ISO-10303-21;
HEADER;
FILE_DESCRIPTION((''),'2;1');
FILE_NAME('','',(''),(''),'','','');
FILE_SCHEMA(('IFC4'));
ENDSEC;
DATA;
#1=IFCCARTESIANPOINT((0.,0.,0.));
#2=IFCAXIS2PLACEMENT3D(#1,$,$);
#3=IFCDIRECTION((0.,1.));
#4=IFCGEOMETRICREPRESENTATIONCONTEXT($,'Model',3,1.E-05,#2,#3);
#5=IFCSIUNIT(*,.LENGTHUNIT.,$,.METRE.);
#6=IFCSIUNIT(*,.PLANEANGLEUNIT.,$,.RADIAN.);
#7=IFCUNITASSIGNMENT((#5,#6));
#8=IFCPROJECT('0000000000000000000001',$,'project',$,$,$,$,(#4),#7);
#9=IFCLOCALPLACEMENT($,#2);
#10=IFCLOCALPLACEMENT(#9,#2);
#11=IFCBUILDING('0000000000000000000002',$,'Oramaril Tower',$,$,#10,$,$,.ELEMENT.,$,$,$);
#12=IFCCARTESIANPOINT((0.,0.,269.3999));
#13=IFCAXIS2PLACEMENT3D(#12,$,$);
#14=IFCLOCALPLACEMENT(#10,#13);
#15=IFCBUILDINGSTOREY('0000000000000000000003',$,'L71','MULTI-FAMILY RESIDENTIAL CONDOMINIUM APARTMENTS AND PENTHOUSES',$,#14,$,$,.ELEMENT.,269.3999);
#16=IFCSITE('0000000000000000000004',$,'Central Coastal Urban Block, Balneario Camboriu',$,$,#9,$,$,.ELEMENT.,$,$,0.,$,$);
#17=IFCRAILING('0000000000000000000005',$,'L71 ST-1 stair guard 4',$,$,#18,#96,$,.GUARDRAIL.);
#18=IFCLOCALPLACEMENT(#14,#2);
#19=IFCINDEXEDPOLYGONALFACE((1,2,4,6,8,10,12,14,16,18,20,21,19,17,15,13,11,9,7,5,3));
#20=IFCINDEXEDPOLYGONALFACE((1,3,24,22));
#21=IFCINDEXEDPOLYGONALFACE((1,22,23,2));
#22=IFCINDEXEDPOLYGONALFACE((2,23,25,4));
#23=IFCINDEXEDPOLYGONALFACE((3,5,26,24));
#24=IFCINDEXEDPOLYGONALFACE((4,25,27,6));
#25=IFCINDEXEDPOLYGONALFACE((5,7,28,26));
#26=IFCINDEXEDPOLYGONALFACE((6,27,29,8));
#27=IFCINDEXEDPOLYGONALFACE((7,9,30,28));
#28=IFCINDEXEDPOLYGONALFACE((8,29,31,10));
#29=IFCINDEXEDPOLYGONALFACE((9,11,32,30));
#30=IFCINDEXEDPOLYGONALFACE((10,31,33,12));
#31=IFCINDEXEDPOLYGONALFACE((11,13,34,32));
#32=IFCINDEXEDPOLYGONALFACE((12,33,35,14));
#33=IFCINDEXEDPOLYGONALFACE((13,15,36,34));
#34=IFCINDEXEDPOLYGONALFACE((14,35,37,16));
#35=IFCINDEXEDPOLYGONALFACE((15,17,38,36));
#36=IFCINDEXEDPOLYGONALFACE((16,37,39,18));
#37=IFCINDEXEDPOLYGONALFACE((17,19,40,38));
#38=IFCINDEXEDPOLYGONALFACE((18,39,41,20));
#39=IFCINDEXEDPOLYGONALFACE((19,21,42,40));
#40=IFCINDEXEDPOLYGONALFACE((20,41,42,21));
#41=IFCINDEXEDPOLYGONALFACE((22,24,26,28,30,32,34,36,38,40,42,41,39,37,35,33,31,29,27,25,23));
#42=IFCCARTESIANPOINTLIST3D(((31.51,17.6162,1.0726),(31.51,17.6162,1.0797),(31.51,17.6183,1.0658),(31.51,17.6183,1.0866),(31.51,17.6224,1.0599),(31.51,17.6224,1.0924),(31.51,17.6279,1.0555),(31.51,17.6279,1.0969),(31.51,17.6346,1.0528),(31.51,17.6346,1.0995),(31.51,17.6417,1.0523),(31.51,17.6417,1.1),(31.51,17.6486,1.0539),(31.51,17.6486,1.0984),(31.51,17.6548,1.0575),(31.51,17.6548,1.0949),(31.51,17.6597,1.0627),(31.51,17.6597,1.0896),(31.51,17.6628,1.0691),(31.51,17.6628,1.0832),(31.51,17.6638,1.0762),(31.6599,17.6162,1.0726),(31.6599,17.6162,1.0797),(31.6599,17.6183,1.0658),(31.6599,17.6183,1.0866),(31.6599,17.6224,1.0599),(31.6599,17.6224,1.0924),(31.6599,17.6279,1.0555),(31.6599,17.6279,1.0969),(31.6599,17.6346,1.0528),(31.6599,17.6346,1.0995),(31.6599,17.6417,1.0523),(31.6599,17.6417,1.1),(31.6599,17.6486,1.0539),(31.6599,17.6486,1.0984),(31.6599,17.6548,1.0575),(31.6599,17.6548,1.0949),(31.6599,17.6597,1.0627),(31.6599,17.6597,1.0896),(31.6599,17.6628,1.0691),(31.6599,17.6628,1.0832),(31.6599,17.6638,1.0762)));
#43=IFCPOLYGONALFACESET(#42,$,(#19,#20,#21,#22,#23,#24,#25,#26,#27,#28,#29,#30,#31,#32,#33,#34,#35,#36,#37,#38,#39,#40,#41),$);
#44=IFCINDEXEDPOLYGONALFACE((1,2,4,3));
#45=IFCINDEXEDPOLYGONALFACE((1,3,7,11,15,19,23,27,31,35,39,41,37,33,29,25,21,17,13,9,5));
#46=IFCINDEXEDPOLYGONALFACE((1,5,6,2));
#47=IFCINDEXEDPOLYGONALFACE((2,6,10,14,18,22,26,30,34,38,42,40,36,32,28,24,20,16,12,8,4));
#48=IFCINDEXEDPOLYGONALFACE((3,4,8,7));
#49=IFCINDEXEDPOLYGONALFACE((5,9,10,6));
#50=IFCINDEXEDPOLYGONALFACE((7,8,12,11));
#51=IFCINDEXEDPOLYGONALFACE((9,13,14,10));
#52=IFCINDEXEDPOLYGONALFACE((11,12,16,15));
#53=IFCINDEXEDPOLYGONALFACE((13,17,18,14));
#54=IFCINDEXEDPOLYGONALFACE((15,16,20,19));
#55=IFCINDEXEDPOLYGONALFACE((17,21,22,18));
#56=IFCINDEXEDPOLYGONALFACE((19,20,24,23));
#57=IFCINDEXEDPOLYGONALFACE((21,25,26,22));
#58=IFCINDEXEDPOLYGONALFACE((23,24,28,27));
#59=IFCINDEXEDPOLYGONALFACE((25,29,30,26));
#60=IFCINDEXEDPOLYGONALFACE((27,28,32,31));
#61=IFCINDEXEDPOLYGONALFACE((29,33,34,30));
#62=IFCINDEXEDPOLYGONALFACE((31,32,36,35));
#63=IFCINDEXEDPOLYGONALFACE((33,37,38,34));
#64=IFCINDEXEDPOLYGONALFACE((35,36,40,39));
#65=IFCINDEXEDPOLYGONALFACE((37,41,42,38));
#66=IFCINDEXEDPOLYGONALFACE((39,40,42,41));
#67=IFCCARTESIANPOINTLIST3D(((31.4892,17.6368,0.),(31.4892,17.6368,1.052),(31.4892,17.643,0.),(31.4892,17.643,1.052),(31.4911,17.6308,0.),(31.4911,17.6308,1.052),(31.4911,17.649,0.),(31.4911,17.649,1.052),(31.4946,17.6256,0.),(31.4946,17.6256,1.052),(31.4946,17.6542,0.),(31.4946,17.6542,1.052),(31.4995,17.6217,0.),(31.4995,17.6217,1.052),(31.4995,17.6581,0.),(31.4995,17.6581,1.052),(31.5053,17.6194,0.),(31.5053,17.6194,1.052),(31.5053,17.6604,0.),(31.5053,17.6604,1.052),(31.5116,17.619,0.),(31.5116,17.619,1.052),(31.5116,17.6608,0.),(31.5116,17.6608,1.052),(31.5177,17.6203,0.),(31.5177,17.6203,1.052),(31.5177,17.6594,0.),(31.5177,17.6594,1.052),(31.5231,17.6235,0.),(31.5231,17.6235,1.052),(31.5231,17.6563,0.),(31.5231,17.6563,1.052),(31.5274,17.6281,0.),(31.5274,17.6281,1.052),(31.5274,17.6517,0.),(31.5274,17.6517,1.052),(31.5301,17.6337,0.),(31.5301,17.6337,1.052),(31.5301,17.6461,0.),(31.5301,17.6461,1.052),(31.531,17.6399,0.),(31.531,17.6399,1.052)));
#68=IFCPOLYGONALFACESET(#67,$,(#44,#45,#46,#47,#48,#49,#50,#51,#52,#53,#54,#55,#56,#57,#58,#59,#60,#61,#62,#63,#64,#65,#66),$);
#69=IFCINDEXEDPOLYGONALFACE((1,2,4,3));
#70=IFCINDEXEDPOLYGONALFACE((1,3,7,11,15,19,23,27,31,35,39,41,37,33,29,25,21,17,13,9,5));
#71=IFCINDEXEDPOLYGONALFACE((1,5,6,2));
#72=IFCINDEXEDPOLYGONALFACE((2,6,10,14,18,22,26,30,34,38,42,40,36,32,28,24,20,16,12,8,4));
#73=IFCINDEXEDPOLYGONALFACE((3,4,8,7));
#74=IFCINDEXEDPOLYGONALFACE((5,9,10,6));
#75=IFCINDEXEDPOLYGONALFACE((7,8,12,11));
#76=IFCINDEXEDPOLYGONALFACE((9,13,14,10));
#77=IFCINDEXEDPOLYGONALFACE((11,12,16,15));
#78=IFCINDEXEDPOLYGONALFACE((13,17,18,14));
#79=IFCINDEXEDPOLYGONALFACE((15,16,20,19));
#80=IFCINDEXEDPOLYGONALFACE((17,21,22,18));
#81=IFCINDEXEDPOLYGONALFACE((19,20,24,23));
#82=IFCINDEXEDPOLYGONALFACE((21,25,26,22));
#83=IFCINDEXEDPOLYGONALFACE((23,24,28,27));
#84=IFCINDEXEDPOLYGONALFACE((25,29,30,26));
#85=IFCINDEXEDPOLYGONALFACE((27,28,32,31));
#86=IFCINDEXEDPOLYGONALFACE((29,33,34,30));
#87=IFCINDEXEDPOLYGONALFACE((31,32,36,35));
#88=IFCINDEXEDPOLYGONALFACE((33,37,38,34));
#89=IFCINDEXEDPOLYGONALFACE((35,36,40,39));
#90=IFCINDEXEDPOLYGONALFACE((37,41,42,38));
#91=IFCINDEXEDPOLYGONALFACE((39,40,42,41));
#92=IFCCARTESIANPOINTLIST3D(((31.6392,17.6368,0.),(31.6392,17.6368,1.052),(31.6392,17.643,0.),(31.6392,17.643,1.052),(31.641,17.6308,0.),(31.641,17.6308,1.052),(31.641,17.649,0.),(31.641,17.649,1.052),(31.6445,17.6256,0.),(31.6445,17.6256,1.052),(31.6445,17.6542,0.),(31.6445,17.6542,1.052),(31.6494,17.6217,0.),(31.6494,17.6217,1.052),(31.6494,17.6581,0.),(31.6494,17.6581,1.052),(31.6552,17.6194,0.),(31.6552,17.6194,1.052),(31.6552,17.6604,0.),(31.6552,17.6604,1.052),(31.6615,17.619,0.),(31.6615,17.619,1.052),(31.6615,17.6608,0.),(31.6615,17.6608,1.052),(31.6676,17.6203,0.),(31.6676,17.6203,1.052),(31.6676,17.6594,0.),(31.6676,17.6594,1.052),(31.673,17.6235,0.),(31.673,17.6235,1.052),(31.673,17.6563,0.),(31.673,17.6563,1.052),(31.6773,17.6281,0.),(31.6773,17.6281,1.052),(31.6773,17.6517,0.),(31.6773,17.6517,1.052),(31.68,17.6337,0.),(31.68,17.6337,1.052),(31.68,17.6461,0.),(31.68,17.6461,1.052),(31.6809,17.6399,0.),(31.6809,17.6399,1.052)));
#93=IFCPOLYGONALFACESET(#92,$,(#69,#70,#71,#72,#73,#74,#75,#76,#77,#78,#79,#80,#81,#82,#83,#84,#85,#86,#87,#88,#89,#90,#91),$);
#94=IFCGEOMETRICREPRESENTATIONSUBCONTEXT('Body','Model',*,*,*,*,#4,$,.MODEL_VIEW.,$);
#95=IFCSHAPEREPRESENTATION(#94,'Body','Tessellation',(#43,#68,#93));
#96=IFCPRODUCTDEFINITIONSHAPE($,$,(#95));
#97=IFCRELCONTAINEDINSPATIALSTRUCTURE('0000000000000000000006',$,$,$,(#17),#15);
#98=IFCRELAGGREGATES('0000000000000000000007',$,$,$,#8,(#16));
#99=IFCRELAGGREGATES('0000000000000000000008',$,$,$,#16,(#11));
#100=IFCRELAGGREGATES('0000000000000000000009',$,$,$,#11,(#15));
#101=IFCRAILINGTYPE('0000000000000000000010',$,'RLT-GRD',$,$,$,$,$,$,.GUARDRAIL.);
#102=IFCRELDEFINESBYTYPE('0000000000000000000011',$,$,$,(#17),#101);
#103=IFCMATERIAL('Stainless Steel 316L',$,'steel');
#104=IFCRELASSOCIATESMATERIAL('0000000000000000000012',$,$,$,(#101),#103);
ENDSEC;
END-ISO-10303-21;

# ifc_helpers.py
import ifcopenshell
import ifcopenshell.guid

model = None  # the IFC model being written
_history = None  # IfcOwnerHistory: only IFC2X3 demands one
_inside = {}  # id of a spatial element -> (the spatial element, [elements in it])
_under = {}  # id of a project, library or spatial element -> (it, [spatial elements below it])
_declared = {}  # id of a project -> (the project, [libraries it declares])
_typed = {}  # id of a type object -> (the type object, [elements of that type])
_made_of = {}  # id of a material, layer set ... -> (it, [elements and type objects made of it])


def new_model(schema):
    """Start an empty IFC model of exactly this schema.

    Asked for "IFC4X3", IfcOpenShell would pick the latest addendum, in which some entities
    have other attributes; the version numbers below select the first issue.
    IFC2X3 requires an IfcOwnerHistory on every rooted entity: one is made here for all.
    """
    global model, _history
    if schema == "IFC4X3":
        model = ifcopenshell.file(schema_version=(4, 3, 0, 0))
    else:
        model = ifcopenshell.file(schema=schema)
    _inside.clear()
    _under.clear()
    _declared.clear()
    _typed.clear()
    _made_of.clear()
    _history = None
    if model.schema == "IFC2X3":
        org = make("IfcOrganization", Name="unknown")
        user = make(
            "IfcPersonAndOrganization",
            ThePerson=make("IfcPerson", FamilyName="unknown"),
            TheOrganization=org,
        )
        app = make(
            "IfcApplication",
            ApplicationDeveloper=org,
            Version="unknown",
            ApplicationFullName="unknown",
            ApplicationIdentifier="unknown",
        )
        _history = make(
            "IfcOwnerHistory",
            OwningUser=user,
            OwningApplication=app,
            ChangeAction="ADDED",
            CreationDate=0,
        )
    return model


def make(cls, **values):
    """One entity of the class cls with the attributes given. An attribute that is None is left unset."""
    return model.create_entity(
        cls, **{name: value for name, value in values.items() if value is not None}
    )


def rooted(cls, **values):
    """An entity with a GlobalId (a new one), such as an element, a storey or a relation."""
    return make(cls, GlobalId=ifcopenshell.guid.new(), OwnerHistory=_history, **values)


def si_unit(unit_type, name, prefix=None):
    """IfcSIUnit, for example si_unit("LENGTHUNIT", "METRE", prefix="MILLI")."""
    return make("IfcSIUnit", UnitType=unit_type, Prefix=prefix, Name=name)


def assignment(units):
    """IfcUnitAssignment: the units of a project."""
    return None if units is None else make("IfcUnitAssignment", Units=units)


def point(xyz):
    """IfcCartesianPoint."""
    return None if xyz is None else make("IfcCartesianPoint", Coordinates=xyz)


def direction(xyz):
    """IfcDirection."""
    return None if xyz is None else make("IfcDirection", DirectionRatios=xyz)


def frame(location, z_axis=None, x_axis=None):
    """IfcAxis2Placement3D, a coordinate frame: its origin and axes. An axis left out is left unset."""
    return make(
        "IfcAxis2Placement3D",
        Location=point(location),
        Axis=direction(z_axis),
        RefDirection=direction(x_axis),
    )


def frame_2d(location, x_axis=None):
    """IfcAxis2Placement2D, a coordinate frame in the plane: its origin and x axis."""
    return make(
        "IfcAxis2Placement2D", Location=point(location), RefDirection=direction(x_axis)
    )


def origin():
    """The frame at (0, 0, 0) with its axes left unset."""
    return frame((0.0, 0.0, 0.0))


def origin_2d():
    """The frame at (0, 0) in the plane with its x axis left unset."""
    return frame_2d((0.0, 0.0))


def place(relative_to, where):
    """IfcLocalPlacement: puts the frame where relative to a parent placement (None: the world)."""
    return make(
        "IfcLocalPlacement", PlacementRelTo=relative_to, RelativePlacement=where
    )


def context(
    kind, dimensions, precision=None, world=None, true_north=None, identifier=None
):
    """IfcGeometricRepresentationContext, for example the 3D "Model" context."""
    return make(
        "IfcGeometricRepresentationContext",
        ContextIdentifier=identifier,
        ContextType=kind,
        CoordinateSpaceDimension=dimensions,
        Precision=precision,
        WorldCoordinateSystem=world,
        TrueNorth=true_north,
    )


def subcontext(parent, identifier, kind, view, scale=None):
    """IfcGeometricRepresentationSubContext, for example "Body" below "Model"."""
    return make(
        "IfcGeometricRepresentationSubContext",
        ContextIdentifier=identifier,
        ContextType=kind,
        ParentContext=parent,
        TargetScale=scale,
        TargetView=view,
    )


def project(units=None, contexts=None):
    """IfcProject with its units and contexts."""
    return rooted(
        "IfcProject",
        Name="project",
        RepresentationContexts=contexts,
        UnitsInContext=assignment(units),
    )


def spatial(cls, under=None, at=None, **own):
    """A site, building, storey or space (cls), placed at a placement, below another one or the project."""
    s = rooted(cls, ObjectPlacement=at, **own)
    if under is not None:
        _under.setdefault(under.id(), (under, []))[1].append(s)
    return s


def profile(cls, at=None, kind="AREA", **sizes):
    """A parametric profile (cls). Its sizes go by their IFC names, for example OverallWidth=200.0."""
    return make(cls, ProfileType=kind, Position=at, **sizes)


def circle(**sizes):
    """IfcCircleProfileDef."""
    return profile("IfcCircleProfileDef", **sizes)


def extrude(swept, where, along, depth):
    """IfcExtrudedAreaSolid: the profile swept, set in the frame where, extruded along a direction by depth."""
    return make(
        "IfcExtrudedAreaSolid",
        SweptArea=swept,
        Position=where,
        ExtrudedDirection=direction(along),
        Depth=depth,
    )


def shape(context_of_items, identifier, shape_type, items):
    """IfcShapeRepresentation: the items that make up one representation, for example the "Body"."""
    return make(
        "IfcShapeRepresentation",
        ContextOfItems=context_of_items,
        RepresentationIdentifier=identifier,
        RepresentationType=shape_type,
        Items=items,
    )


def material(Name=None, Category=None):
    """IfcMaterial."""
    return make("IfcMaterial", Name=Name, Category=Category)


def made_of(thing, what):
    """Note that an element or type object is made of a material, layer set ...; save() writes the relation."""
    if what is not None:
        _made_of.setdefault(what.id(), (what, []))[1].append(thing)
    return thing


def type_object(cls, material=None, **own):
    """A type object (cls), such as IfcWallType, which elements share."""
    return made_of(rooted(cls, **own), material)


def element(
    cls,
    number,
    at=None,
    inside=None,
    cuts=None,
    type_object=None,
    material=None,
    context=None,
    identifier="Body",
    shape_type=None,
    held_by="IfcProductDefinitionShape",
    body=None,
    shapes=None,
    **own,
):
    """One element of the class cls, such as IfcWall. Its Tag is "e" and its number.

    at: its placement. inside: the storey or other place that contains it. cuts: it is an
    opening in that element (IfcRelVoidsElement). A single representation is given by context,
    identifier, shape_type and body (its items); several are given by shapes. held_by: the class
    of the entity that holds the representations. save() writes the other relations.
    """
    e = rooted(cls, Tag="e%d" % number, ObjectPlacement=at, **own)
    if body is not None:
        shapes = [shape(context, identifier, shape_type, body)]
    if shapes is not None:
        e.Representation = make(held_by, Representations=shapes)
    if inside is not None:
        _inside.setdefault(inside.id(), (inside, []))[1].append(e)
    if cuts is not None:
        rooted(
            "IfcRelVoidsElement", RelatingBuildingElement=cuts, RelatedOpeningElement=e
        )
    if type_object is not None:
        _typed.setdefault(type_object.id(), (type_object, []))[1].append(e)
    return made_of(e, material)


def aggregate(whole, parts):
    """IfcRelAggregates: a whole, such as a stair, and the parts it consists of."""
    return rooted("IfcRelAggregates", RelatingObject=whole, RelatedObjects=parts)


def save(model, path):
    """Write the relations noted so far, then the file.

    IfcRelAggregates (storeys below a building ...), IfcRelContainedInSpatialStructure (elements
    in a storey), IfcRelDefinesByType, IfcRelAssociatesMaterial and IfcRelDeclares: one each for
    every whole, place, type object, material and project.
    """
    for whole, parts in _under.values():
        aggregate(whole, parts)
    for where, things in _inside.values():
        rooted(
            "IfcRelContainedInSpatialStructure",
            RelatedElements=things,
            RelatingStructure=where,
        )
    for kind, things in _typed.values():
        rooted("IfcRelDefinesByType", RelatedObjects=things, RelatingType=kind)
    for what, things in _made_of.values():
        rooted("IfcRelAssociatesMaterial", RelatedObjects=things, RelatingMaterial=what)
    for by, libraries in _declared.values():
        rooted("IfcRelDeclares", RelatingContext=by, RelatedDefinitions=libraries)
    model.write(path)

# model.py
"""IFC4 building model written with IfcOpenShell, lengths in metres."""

from ifc_helpers import new_model, si_unit, direction, frame, origin, origin_2d, place, context, subcontext, project, spatial, circle, extrude, material, type_object, element, save


model = new_model("IFC4")

# Units and contexts
model_context = context("Model", 3, precision=1e-05, world=origin(), true_north=direction((0.0, 1.0)))
body_context = subcontext(model_context, "Body", "Model", "MODEL_VIEW")
ifc_project = project(units=[si_unit("LENGTHUNIT", "METRE"), si_unit("PLANEANGLEUNIT", "RADIAN")], contexts=[model_context])

# Site, building, storey
site_placement = place(None, origin())
site = spatial("IfcSite", under=ifc_project, at=site_placement, Name="Central Coastal Urban Block, Balneario Camboriu", CompositionType="ELEMENT", RefElevation=0.0)
building_placement = place(site_placement, origin())
building = spatial("IfcBuilding", under=site, at=building_placement, Name="Oramaril Tower", CompositionType="ELEMENT")
storey_placement = place(building_placement, frame((0.0, 0.0, 269.3999)))
storey = spatial("IfcBuildingStorey", under=building, at=storey_placement, Name="L71", Description="MULTI-FAMILY RESIDENTIAL CONDOMINIUM APARTMENTS AND PENTHOUSES", CompositionType="ELEMENT", Elevation=269.3999)

# Railing
ifc_material_1 = material(Name="Stainless Steel 316L", Category="steel")
railing_type_1 = type_object("IfcRailingType", Name="RLT-GRD", PredefinedType="GUARDRAIL", material=ifc_material_1)
railing_1_placement = place(storey_placement, frame((31.51, 17.6399, 0.0)))
element("IfcRailing", 1, at=railing_1_placement, inside=storey, type_object=railing_type_1, Name="L71 ST-1 stair guard 4", PredefinedType="GUARDRAIL", context=body_context, shape_type="SweptSolid", body=[
    extrude(circle(Radius=0.0239, at=origin_2d()), frame((0.0, 0.0, 1.0762), z_axis=(1.0, 0.0, 0.0), x_axis=(0.0, 1.0, 0.0)), (0.0, 0.0, 1.0), 0.1499),
    extrude(circle(Radius=0.021, at=origin_2d()), origin(), (0.0, 0.0, 1.0), 1.052),
    extrude(circle(Radius=0.021, at=origin_2d()), frame((0.1499, 0.0, 0.0)), (0.0, 0.0, 1.0), 1.052),
])

save(model, "model.ifc")
